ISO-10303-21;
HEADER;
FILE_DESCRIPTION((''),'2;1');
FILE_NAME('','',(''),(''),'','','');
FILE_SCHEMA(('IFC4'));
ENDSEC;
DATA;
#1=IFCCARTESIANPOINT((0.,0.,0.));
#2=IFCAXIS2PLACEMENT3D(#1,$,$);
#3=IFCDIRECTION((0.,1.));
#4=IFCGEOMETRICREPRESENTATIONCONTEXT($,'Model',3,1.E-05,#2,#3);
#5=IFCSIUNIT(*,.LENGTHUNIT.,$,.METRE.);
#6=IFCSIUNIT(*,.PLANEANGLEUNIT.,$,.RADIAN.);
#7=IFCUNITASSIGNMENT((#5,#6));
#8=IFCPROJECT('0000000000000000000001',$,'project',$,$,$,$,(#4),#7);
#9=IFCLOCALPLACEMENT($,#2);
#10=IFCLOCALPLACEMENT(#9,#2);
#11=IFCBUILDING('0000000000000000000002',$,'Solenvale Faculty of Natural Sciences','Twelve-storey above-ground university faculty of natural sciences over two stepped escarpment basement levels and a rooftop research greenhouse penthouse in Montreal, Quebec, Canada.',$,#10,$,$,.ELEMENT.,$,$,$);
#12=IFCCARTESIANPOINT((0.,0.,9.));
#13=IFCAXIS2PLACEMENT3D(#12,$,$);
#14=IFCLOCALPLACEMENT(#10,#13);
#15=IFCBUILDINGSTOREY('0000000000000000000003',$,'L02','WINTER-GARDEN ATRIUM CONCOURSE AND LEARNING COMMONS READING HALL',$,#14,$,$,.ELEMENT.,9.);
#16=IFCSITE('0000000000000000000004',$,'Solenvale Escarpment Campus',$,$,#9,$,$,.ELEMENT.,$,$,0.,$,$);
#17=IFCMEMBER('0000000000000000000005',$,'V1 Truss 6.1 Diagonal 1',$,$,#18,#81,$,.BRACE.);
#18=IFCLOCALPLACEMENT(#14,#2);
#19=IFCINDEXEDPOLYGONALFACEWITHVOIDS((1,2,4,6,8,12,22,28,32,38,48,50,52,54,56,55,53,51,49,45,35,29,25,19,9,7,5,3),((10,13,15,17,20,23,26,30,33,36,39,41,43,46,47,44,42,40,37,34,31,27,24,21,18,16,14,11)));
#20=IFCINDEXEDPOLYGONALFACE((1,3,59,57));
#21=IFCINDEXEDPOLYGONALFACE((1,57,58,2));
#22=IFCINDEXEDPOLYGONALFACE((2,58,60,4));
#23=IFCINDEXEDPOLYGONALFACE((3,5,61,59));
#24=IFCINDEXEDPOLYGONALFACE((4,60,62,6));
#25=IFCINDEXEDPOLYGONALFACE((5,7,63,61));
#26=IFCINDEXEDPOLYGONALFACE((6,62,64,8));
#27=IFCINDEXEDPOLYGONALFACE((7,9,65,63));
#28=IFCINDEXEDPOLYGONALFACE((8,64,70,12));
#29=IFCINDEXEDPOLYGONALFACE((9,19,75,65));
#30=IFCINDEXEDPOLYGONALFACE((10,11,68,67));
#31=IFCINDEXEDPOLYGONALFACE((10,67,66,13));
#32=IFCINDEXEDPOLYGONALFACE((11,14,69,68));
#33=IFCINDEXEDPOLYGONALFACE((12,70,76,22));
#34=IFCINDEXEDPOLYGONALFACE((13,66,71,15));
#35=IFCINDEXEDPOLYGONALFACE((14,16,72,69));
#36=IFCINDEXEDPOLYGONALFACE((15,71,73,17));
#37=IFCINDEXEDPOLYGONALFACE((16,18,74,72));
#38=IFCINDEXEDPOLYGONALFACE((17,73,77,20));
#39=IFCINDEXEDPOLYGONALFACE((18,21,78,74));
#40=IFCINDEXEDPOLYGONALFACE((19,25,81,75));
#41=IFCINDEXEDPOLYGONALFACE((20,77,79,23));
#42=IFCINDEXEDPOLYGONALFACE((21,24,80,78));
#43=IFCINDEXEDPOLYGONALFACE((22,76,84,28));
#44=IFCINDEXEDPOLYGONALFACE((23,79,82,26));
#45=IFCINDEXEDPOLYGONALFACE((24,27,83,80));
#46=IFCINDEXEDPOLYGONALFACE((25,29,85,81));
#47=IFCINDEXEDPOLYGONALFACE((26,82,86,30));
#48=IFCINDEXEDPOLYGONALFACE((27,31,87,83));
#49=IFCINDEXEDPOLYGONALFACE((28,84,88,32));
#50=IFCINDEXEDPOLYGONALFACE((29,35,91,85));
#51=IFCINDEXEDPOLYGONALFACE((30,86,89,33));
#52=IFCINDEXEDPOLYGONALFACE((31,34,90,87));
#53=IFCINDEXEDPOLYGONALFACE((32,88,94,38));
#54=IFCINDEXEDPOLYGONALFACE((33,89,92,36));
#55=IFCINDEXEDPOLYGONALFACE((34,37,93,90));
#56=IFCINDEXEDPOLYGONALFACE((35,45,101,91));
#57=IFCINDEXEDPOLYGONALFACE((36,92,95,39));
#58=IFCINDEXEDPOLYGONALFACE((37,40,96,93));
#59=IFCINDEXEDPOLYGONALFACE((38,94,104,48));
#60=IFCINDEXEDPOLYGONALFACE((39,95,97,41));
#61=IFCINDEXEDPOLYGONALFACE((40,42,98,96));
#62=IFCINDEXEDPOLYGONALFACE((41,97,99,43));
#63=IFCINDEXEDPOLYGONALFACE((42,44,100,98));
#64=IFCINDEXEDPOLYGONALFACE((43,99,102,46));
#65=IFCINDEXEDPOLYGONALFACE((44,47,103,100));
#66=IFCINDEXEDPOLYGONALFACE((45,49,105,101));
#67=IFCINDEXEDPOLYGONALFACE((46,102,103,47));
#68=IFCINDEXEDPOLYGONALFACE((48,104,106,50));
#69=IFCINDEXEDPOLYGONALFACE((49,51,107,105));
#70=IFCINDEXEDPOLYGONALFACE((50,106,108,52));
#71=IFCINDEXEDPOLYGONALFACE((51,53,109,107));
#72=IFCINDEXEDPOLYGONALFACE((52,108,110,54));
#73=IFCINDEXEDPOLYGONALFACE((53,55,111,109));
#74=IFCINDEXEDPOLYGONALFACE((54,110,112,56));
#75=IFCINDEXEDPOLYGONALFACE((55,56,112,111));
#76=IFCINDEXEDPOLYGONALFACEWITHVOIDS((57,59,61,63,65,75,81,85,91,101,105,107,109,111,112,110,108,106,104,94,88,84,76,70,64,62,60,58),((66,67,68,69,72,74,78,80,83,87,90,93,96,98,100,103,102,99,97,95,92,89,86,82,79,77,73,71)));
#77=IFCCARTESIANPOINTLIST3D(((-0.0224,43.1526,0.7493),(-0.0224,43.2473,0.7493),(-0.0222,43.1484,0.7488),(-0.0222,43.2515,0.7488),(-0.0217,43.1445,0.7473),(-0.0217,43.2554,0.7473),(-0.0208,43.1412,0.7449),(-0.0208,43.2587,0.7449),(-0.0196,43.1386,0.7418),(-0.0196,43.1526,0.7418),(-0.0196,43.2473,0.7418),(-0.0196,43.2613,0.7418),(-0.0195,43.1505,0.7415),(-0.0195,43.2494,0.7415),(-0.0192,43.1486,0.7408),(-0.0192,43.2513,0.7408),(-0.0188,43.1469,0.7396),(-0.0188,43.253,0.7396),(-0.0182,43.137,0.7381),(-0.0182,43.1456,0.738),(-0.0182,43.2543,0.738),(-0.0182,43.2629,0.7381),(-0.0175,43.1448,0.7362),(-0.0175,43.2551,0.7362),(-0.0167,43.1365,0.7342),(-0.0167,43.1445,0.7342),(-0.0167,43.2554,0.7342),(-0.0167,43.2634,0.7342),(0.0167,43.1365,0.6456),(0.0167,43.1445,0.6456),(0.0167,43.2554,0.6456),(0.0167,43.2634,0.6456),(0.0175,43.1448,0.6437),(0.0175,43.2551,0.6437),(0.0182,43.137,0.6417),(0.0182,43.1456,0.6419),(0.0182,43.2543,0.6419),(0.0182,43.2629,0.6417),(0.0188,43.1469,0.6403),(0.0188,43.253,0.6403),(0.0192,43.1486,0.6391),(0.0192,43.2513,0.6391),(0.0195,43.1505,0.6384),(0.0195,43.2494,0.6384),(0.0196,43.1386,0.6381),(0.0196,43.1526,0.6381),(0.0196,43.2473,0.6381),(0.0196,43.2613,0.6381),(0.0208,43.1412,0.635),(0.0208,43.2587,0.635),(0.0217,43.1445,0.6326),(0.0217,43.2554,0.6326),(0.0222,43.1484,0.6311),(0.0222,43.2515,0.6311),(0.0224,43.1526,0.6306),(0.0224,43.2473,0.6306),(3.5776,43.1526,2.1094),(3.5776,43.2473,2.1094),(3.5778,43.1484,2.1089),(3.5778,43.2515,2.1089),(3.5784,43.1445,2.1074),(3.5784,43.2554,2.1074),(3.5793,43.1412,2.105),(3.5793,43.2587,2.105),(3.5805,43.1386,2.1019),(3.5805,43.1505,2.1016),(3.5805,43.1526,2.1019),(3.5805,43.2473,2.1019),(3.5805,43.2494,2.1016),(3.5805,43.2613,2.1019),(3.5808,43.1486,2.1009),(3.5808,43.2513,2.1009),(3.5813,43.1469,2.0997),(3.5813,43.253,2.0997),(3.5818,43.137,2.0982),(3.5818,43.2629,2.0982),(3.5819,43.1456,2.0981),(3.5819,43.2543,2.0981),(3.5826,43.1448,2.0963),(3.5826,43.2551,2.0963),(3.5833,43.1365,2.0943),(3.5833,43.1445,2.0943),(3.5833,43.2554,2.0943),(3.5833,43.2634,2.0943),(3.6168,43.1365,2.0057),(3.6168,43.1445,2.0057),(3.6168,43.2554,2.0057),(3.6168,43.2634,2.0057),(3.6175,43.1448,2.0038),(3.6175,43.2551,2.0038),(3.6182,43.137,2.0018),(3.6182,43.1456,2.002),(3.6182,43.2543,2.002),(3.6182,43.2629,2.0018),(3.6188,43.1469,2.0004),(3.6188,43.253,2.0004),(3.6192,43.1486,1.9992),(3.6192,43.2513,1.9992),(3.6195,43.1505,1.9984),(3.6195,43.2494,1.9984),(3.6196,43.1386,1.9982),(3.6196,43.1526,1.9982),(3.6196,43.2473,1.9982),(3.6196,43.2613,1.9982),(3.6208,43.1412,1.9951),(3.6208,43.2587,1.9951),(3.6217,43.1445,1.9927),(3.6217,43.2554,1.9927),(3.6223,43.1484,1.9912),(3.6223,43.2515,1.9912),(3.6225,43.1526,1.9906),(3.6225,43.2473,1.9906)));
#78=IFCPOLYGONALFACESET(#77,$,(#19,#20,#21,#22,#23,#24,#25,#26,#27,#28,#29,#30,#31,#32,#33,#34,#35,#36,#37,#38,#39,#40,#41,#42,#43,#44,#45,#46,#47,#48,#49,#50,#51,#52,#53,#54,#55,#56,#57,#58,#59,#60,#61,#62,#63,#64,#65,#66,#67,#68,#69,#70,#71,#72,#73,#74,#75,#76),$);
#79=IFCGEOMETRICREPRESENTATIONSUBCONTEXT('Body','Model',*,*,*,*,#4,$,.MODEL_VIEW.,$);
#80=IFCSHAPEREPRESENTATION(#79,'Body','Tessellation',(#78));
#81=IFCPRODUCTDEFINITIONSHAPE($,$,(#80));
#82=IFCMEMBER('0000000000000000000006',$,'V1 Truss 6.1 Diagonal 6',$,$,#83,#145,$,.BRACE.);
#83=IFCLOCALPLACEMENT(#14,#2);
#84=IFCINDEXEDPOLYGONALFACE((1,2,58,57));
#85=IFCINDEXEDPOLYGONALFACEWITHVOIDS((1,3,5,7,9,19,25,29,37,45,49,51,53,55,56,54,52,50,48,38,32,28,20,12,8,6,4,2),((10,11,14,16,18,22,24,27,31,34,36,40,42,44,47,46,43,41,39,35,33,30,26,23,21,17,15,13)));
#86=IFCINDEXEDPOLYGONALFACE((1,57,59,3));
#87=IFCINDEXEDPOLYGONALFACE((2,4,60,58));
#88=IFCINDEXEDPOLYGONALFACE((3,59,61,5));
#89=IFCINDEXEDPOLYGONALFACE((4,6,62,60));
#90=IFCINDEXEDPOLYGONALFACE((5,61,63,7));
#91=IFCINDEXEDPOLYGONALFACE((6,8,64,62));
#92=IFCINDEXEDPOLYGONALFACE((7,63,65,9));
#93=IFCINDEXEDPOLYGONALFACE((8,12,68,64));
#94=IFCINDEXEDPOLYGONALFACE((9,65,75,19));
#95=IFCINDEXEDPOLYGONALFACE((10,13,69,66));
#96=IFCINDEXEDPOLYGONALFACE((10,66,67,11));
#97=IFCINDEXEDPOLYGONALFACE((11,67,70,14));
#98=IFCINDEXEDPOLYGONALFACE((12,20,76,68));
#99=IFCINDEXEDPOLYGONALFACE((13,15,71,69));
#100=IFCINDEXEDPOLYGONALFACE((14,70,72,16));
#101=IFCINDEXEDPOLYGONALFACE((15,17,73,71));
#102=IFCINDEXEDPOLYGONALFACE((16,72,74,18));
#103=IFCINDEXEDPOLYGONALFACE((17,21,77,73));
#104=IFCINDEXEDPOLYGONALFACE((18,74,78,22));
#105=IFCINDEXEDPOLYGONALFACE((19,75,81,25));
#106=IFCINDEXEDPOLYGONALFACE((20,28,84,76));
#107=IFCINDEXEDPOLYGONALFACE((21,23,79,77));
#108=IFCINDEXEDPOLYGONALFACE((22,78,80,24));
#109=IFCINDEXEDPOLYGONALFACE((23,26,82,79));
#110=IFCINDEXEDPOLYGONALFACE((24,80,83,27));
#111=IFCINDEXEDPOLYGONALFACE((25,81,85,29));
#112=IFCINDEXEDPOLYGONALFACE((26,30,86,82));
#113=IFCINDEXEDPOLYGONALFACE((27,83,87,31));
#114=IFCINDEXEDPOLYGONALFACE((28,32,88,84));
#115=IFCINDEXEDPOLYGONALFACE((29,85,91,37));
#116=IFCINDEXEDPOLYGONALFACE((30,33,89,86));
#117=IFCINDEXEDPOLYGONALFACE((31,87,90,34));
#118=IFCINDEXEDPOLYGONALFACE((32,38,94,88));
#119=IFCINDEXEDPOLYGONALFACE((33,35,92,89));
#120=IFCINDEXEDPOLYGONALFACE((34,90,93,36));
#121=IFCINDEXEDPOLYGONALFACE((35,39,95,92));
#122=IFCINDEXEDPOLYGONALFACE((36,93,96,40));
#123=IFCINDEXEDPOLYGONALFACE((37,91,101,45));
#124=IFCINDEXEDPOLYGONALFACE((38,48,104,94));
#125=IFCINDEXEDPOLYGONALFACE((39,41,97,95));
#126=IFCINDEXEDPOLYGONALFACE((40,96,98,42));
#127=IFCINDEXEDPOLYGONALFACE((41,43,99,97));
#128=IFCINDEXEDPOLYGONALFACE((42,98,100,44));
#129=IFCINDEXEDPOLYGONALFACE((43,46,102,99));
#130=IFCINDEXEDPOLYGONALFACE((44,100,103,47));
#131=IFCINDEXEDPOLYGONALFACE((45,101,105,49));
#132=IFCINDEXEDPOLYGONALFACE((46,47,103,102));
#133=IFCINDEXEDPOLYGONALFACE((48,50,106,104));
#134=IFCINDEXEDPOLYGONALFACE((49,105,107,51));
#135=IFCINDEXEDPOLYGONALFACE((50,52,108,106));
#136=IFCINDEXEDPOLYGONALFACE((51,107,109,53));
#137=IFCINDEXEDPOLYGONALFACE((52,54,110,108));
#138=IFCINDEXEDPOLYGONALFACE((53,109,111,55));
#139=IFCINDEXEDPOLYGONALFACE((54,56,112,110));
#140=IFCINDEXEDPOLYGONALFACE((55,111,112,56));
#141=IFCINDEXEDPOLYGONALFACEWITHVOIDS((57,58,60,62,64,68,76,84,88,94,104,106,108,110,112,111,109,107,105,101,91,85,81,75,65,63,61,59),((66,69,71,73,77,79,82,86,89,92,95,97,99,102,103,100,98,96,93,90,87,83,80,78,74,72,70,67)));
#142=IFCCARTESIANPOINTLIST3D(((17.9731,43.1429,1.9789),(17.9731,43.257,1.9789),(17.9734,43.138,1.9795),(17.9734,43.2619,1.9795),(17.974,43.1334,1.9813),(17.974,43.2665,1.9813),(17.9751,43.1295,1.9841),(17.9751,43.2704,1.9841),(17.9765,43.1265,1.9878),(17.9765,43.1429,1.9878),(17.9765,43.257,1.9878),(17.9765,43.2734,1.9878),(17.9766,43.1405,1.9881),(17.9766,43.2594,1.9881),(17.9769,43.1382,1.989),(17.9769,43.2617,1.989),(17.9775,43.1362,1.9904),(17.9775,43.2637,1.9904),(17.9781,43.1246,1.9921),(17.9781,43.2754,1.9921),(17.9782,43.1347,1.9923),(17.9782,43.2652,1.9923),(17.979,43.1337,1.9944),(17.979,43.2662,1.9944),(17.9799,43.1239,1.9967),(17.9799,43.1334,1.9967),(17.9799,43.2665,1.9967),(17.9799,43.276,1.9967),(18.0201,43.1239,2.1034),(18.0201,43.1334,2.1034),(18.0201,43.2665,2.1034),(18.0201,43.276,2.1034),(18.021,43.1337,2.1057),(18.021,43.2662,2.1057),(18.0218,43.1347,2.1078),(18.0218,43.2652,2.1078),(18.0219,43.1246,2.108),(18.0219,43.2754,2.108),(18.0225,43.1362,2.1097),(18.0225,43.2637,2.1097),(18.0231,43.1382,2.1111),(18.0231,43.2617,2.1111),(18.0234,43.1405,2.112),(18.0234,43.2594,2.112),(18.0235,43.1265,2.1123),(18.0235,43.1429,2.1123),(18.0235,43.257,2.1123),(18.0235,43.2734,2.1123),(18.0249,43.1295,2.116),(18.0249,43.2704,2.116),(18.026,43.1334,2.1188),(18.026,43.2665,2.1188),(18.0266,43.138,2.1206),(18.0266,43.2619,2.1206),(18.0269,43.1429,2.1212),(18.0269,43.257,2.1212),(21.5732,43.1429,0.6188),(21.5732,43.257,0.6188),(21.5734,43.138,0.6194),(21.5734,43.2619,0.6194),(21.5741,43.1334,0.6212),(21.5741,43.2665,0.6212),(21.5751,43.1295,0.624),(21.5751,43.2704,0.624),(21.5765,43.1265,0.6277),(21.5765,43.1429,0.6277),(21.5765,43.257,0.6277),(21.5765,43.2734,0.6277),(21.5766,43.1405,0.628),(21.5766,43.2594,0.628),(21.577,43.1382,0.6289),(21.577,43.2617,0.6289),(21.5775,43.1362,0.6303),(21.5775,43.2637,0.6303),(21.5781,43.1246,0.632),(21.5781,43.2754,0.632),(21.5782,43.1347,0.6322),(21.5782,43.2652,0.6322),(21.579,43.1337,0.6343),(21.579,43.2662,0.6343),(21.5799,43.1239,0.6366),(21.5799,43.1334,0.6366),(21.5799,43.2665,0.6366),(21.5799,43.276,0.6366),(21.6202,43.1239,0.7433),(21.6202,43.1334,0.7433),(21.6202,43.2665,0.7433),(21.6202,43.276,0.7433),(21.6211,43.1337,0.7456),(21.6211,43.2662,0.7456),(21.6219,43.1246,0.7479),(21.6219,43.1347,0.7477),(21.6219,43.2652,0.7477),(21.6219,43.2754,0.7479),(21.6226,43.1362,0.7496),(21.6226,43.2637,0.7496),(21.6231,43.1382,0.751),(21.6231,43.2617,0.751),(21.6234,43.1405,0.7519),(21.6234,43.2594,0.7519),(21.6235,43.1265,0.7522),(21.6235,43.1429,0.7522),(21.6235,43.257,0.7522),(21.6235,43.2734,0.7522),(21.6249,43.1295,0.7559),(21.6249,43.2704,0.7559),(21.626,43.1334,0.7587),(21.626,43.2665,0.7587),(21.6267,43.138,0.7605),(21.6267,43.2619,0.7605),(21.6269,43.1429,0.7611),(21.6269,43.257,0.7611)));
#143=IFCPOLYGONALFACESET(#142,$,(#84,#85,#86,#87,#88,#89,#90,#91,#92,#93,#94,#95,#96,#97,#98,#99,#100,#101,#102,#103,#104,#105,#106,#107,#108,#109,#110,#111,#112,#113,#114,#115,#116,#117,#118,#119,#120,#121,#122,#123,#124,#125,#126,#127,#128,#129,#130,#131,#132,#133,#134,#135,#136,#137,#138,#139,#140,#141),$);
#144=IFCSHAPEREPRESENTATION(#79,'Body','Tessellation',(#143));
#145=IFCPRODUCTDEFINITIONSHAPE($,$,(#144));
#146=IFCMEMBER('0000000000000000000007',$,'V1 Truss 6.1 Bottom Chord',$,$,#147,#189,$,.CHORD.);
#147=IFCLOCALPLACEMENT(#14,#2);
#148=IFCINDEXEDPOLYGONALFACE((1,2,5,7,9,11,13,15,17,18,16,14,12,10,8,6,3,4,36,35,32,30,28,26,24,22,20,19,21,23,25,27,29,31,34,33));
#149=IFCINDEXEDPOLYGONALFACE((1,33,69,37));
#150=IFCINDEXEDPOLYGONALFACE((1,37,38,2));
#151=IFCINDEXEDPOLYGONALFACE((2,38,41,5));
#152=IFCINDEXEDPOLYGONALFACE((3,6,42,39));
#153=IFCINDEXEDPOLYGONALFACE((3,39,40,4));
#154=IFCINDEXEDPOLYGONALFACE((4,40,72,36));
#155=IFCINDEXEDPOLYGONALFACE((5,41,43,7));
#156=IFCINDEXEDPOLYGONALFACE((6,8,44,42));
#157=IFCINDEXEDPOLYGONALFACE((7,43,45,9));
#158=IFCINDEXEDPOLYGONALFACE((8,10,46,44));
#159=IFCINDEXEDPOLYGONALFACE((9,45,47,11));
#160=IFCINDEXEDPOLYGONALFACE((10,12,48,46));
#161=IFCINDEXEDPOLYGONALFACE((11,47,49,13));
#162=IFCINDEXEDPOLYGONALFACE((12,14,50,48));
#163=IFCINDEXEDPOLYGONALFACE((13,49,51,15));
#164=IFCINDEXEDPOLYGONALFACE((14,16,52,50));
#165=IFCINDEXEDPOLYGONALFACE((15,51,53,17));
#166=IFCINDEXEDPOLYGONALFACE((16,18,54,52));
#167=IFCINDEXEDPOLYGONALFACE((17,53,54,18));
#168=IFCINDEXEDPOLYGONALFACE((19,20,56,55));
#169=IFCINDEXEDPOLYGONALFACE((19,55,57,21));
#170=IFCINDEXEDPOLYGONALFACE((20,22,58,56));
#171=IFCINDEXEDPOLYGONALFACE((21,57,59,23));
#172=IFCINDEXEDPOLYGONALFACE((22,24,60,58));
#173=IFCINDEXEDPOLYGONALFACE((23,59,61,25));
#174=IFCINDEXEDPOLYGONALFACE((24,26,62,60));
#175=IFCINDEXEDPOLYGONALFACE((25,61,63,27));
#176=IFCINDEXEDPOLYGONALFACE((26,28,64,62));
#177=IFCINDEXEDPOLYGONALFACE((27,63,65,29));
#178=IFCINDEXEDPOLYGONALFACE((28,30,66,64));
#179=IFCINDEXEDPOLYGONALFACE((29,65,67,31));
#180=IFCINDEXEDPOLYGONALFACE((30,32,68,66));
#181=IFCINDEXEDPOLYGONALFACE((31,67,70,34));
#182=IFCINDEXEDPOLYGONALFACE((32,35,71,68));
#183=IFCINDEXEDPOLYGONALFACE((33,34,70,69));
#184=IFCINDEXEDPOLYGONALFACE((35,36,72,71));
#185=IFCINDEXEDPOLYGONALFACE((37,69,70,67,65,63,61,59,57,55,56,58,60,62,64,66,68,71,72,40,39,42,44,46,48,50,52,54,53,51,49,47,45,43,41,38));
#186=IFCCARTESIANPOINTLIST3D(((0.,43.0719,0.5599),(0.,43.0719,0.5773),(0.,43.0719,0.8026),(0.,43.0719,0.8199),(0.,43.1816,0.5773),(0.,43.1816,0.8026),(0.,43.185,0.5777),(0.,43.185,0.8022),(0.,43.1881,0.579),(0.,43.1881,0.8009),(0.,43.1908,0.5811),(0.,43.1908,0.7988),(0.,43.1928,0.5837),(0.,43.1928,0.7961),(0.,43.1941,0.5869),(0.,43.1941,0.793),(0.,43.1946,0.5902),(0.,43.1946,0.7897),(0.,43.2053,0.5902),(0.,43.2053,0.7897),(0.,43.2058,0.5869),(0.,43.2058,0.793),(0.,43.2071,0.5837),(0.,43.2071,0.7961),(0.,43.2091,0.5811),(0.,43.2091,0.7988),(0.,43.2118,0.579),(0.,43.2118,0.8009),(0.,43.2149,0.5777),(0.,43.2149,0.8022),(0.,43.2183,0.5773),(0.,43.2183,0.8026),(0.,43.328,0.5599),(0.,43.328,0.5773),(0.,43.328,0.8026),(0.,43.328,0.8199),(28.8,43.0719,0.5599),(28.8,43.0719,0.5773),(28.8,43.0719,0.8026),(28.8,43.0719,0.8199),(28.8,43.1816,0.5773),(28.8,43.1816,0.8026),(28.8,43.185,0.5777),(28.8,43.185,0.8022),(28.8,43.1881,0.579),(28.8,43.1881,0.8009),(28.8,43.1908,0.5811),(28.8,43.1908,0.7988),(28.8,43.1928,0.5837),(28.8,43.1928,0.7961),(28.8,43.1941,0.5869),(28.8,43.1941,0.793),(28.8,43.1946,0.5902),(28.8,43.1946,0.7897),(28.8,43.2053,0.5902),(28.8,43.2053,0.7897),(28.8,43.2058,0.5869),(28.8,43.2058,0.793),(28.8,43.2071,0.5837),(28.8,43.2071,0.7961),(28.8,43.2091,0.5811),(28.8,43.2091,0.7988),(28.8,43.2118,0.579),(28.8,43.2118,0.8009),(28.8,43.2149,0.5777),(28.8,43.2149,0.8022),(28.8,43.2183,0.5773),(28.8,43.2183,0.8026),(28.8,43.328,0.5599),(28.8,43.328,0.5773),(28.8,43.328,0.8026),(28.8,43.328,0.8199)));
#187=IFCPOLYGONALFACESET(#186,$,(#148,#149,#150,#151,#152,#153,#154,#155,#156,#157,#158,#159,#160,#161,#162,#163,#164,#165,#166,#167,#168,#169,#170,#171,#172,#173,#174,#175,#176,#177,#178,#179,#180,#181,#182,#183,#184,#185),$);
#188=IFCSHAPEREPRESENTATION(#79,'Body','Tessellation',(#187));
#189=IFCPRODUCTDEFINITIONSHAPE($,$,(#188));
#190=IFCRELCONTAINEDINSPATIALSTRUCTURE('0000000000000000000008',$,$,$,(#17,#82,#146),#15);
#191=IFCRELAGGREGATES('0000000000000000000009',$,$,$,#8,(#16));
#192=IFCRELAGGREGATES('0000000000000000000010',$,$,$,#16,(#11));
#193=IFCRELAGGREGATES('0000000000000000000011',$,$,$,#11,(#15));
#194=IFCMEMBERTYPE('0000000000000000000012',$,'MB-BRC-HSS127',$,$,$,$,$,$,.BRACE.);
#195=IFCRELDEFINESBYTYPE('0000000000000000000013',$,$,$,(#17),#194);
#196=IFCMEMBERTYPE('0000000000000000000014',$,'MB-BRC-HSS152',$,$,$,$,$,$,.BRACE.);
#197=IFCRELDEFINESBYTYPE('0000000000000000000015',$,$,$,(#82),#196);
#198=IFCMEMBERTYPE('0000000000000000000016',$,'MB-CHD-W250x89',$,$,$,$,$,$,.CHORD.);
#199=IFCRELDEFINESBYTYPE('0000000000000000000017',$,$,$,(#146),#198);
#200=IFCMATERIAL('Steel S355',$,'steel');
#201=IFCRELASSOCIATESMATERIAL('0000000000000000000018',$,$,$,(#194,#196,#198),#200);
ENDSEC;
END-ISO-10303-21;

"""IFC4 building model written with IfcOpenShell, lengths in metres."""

from ifc_helpers import new_model, si_unit, direction, frame, origin, origin_2d, place, context, subcontext, project, spatial, hollow_rectangle, i_section, extrude, material, material_profile, profile_set, type_object, element, save


model = new_model("IFC4")

# Units and contexts
model_context = context("Model", 3, precision=1e-05, world=origin(), true_north=direction((0.0, 1.0)))
body_context = subcontext(model_context, "Body", "Model", "MODEL_VIEW")
ifc_project = project(units=[si_unit("LENGTHUNIT", "METRE"), si_unit("PLANEANGLEUNIT", "RADIAN")], contexts=[model_context])

# Site, building, storey
site_placement = place(None, origin())
site = spatial("IfcSite", under=ifc_project, at=site_placement, Name="Solenvale Escarpment Campus", CompositionType="ELEMENT", RefElevation=0.0)
building_placement = place(site_placement, origin())
building = spatial("IfcBuilding", under=site, at=building_placement, Name="Solenvale Faculty of Natural Sciences", Description="Twelve-storey above-ground university faculty of natural sciences over two stepped escarpment basement levels and a rooftop research greenhouse penthouse in Montreal, Quebec, Canada.", CompositionType="ELEMENT")
storey_placement = place(building_placement, frame((0.0, 0.0, 9.0)))
storey = spatial("IfcBuildingStorey", under=building, at=storey_placement, Name="L02", Description="WINTER-GARDEN ATRIUM CONCOURSE AND LEARNING COMMONS READING HALL", CompositionType="ELEMENT", Elevation=9.0)

# Shared definitions
ifc_material = material(Name="Steel S355", Category="steel")

# Members
ifc_material_profile_1 = material_profile(ifc_material, hollow_rectangle(XDim=0.127, YDim=0.127, WallThickness=0.0081, InnerFilletRadius=0.0081, OuterFilletRadius=0.0161, at=origin_2d()), Name="HSS127x127x8.0")
ifc_profile_set_1 = profile_set([ifc_material_profile_1], Name="Steel S355")
member_type_1 = type_object("IfcMemberType", Name="MB-BRC-HSS127", PredefinedType="BRACE", material=ifc_profile_set_1)
member_1_placement = place(storey_placement, frame((0.0, 43.2, 0.6899), z_axis=(0.935466, 0.0, 0.353417), x_axis=(0.0, 1.0, 0.0)))
element("IfcMember", 1, at=member_1_placement, inside=storey, type_object=member_type_1, Name="V1 Truss 6.1 Diagonal 1", PredefinedType="BRACE", context=body_context, shape_type="SweptSolid", body=[
    extrude(hollow_rectangle(XDim=0.127, YDim=0.127, WallThickness=0.0081, InnerFilletRadius=0.0081, OuterFilletRadius=0.0161, at=origin_2d()), origin(), (0.0, 0.0, 1.0), 3.8484),
])
ifc_material_profile_2 = material_profile(ifc_material, hollow_rectangle(XDim=0.1521, YDim=0.1521, WallThickness=0.0095, InnerFilletRadius=0.0095, OuterFilletRadius=0.019, at=origin_2d()), Name="HSS152x152x9.5")
ifc_profile_set_2 = profile_set([ifc_material_profile_2], Name="Steel S355")
member_type_2 = type_object("IfcMemberType", Name="MB-BRC-HSS152", PredefinedType="BRACE", material=ifc_profile_set_2)
member_2_placement = place(storey_placement, frame((18.0, 43.2, 2.05), z_axis=(0.935466, 0.0, -0.353417), x_axis=(0.0, 1.0, 0.0)))
element("IfcMember", 2, at=member_2_placement, inside=storey, type_object=member_type_2, Name="V1 Truss 6.1 Diagonal 6", PredefinedType="BRACE", context=body_context, shape_type="SweptSolid", body=[
    extrude(hollow_rectangle(XDim=0.1521, YDim=0.1521, WallThickness=0.0095, InnerFilletRadius=0.0095, OuterFilletRadius=0.019, at=origin_2d()), origin(), (0.0, 0.0, 1.0), 3.8484),
])
ifc_material_profile_3 = material_profile(ifc_material, i_section(OverallWidth=0.2561, OverallDepth=0.26, WebThickness=0.0107, FlangeThickness=0.0173, FilletRadius=0.0129, at=origin_2d()), Name="W250x89")
ifc_profile_set_3 = profile_set([ifc_material_profile_3], Name="Steel S355")
member_type_3 = type_object("IfcMemberType", Name="MB-CHD-W250x89", PredefinedType="CHORD", material=ifc_profile_set_3)
member_3_placement = place(storey_placement, frame((0.0, 43.2, 0.6899), z_axis=(1.0, 0.0, 0.0), x_axis=(0.0, 1.0, 0.0)))
element("IfcMember", 3, at=member_3_placement, inside=storey, type_object=member_type_3, Name="V1 Truss 6.1 Bottom Chord", PredefinedType="CHORD", context=body_context, shape_type="SweptSolid", body=[
    extrude(i_section(OverallWidth=0.2561, OverallDepth=0.26, WebThickness=0.0107, FlangeThickness=0.0173, FilletRadius=0.0129, at=origin_2d()), origin(), (0.0, 0.0, 1.0), 28.8),
])

save(model, "model.ifc")
